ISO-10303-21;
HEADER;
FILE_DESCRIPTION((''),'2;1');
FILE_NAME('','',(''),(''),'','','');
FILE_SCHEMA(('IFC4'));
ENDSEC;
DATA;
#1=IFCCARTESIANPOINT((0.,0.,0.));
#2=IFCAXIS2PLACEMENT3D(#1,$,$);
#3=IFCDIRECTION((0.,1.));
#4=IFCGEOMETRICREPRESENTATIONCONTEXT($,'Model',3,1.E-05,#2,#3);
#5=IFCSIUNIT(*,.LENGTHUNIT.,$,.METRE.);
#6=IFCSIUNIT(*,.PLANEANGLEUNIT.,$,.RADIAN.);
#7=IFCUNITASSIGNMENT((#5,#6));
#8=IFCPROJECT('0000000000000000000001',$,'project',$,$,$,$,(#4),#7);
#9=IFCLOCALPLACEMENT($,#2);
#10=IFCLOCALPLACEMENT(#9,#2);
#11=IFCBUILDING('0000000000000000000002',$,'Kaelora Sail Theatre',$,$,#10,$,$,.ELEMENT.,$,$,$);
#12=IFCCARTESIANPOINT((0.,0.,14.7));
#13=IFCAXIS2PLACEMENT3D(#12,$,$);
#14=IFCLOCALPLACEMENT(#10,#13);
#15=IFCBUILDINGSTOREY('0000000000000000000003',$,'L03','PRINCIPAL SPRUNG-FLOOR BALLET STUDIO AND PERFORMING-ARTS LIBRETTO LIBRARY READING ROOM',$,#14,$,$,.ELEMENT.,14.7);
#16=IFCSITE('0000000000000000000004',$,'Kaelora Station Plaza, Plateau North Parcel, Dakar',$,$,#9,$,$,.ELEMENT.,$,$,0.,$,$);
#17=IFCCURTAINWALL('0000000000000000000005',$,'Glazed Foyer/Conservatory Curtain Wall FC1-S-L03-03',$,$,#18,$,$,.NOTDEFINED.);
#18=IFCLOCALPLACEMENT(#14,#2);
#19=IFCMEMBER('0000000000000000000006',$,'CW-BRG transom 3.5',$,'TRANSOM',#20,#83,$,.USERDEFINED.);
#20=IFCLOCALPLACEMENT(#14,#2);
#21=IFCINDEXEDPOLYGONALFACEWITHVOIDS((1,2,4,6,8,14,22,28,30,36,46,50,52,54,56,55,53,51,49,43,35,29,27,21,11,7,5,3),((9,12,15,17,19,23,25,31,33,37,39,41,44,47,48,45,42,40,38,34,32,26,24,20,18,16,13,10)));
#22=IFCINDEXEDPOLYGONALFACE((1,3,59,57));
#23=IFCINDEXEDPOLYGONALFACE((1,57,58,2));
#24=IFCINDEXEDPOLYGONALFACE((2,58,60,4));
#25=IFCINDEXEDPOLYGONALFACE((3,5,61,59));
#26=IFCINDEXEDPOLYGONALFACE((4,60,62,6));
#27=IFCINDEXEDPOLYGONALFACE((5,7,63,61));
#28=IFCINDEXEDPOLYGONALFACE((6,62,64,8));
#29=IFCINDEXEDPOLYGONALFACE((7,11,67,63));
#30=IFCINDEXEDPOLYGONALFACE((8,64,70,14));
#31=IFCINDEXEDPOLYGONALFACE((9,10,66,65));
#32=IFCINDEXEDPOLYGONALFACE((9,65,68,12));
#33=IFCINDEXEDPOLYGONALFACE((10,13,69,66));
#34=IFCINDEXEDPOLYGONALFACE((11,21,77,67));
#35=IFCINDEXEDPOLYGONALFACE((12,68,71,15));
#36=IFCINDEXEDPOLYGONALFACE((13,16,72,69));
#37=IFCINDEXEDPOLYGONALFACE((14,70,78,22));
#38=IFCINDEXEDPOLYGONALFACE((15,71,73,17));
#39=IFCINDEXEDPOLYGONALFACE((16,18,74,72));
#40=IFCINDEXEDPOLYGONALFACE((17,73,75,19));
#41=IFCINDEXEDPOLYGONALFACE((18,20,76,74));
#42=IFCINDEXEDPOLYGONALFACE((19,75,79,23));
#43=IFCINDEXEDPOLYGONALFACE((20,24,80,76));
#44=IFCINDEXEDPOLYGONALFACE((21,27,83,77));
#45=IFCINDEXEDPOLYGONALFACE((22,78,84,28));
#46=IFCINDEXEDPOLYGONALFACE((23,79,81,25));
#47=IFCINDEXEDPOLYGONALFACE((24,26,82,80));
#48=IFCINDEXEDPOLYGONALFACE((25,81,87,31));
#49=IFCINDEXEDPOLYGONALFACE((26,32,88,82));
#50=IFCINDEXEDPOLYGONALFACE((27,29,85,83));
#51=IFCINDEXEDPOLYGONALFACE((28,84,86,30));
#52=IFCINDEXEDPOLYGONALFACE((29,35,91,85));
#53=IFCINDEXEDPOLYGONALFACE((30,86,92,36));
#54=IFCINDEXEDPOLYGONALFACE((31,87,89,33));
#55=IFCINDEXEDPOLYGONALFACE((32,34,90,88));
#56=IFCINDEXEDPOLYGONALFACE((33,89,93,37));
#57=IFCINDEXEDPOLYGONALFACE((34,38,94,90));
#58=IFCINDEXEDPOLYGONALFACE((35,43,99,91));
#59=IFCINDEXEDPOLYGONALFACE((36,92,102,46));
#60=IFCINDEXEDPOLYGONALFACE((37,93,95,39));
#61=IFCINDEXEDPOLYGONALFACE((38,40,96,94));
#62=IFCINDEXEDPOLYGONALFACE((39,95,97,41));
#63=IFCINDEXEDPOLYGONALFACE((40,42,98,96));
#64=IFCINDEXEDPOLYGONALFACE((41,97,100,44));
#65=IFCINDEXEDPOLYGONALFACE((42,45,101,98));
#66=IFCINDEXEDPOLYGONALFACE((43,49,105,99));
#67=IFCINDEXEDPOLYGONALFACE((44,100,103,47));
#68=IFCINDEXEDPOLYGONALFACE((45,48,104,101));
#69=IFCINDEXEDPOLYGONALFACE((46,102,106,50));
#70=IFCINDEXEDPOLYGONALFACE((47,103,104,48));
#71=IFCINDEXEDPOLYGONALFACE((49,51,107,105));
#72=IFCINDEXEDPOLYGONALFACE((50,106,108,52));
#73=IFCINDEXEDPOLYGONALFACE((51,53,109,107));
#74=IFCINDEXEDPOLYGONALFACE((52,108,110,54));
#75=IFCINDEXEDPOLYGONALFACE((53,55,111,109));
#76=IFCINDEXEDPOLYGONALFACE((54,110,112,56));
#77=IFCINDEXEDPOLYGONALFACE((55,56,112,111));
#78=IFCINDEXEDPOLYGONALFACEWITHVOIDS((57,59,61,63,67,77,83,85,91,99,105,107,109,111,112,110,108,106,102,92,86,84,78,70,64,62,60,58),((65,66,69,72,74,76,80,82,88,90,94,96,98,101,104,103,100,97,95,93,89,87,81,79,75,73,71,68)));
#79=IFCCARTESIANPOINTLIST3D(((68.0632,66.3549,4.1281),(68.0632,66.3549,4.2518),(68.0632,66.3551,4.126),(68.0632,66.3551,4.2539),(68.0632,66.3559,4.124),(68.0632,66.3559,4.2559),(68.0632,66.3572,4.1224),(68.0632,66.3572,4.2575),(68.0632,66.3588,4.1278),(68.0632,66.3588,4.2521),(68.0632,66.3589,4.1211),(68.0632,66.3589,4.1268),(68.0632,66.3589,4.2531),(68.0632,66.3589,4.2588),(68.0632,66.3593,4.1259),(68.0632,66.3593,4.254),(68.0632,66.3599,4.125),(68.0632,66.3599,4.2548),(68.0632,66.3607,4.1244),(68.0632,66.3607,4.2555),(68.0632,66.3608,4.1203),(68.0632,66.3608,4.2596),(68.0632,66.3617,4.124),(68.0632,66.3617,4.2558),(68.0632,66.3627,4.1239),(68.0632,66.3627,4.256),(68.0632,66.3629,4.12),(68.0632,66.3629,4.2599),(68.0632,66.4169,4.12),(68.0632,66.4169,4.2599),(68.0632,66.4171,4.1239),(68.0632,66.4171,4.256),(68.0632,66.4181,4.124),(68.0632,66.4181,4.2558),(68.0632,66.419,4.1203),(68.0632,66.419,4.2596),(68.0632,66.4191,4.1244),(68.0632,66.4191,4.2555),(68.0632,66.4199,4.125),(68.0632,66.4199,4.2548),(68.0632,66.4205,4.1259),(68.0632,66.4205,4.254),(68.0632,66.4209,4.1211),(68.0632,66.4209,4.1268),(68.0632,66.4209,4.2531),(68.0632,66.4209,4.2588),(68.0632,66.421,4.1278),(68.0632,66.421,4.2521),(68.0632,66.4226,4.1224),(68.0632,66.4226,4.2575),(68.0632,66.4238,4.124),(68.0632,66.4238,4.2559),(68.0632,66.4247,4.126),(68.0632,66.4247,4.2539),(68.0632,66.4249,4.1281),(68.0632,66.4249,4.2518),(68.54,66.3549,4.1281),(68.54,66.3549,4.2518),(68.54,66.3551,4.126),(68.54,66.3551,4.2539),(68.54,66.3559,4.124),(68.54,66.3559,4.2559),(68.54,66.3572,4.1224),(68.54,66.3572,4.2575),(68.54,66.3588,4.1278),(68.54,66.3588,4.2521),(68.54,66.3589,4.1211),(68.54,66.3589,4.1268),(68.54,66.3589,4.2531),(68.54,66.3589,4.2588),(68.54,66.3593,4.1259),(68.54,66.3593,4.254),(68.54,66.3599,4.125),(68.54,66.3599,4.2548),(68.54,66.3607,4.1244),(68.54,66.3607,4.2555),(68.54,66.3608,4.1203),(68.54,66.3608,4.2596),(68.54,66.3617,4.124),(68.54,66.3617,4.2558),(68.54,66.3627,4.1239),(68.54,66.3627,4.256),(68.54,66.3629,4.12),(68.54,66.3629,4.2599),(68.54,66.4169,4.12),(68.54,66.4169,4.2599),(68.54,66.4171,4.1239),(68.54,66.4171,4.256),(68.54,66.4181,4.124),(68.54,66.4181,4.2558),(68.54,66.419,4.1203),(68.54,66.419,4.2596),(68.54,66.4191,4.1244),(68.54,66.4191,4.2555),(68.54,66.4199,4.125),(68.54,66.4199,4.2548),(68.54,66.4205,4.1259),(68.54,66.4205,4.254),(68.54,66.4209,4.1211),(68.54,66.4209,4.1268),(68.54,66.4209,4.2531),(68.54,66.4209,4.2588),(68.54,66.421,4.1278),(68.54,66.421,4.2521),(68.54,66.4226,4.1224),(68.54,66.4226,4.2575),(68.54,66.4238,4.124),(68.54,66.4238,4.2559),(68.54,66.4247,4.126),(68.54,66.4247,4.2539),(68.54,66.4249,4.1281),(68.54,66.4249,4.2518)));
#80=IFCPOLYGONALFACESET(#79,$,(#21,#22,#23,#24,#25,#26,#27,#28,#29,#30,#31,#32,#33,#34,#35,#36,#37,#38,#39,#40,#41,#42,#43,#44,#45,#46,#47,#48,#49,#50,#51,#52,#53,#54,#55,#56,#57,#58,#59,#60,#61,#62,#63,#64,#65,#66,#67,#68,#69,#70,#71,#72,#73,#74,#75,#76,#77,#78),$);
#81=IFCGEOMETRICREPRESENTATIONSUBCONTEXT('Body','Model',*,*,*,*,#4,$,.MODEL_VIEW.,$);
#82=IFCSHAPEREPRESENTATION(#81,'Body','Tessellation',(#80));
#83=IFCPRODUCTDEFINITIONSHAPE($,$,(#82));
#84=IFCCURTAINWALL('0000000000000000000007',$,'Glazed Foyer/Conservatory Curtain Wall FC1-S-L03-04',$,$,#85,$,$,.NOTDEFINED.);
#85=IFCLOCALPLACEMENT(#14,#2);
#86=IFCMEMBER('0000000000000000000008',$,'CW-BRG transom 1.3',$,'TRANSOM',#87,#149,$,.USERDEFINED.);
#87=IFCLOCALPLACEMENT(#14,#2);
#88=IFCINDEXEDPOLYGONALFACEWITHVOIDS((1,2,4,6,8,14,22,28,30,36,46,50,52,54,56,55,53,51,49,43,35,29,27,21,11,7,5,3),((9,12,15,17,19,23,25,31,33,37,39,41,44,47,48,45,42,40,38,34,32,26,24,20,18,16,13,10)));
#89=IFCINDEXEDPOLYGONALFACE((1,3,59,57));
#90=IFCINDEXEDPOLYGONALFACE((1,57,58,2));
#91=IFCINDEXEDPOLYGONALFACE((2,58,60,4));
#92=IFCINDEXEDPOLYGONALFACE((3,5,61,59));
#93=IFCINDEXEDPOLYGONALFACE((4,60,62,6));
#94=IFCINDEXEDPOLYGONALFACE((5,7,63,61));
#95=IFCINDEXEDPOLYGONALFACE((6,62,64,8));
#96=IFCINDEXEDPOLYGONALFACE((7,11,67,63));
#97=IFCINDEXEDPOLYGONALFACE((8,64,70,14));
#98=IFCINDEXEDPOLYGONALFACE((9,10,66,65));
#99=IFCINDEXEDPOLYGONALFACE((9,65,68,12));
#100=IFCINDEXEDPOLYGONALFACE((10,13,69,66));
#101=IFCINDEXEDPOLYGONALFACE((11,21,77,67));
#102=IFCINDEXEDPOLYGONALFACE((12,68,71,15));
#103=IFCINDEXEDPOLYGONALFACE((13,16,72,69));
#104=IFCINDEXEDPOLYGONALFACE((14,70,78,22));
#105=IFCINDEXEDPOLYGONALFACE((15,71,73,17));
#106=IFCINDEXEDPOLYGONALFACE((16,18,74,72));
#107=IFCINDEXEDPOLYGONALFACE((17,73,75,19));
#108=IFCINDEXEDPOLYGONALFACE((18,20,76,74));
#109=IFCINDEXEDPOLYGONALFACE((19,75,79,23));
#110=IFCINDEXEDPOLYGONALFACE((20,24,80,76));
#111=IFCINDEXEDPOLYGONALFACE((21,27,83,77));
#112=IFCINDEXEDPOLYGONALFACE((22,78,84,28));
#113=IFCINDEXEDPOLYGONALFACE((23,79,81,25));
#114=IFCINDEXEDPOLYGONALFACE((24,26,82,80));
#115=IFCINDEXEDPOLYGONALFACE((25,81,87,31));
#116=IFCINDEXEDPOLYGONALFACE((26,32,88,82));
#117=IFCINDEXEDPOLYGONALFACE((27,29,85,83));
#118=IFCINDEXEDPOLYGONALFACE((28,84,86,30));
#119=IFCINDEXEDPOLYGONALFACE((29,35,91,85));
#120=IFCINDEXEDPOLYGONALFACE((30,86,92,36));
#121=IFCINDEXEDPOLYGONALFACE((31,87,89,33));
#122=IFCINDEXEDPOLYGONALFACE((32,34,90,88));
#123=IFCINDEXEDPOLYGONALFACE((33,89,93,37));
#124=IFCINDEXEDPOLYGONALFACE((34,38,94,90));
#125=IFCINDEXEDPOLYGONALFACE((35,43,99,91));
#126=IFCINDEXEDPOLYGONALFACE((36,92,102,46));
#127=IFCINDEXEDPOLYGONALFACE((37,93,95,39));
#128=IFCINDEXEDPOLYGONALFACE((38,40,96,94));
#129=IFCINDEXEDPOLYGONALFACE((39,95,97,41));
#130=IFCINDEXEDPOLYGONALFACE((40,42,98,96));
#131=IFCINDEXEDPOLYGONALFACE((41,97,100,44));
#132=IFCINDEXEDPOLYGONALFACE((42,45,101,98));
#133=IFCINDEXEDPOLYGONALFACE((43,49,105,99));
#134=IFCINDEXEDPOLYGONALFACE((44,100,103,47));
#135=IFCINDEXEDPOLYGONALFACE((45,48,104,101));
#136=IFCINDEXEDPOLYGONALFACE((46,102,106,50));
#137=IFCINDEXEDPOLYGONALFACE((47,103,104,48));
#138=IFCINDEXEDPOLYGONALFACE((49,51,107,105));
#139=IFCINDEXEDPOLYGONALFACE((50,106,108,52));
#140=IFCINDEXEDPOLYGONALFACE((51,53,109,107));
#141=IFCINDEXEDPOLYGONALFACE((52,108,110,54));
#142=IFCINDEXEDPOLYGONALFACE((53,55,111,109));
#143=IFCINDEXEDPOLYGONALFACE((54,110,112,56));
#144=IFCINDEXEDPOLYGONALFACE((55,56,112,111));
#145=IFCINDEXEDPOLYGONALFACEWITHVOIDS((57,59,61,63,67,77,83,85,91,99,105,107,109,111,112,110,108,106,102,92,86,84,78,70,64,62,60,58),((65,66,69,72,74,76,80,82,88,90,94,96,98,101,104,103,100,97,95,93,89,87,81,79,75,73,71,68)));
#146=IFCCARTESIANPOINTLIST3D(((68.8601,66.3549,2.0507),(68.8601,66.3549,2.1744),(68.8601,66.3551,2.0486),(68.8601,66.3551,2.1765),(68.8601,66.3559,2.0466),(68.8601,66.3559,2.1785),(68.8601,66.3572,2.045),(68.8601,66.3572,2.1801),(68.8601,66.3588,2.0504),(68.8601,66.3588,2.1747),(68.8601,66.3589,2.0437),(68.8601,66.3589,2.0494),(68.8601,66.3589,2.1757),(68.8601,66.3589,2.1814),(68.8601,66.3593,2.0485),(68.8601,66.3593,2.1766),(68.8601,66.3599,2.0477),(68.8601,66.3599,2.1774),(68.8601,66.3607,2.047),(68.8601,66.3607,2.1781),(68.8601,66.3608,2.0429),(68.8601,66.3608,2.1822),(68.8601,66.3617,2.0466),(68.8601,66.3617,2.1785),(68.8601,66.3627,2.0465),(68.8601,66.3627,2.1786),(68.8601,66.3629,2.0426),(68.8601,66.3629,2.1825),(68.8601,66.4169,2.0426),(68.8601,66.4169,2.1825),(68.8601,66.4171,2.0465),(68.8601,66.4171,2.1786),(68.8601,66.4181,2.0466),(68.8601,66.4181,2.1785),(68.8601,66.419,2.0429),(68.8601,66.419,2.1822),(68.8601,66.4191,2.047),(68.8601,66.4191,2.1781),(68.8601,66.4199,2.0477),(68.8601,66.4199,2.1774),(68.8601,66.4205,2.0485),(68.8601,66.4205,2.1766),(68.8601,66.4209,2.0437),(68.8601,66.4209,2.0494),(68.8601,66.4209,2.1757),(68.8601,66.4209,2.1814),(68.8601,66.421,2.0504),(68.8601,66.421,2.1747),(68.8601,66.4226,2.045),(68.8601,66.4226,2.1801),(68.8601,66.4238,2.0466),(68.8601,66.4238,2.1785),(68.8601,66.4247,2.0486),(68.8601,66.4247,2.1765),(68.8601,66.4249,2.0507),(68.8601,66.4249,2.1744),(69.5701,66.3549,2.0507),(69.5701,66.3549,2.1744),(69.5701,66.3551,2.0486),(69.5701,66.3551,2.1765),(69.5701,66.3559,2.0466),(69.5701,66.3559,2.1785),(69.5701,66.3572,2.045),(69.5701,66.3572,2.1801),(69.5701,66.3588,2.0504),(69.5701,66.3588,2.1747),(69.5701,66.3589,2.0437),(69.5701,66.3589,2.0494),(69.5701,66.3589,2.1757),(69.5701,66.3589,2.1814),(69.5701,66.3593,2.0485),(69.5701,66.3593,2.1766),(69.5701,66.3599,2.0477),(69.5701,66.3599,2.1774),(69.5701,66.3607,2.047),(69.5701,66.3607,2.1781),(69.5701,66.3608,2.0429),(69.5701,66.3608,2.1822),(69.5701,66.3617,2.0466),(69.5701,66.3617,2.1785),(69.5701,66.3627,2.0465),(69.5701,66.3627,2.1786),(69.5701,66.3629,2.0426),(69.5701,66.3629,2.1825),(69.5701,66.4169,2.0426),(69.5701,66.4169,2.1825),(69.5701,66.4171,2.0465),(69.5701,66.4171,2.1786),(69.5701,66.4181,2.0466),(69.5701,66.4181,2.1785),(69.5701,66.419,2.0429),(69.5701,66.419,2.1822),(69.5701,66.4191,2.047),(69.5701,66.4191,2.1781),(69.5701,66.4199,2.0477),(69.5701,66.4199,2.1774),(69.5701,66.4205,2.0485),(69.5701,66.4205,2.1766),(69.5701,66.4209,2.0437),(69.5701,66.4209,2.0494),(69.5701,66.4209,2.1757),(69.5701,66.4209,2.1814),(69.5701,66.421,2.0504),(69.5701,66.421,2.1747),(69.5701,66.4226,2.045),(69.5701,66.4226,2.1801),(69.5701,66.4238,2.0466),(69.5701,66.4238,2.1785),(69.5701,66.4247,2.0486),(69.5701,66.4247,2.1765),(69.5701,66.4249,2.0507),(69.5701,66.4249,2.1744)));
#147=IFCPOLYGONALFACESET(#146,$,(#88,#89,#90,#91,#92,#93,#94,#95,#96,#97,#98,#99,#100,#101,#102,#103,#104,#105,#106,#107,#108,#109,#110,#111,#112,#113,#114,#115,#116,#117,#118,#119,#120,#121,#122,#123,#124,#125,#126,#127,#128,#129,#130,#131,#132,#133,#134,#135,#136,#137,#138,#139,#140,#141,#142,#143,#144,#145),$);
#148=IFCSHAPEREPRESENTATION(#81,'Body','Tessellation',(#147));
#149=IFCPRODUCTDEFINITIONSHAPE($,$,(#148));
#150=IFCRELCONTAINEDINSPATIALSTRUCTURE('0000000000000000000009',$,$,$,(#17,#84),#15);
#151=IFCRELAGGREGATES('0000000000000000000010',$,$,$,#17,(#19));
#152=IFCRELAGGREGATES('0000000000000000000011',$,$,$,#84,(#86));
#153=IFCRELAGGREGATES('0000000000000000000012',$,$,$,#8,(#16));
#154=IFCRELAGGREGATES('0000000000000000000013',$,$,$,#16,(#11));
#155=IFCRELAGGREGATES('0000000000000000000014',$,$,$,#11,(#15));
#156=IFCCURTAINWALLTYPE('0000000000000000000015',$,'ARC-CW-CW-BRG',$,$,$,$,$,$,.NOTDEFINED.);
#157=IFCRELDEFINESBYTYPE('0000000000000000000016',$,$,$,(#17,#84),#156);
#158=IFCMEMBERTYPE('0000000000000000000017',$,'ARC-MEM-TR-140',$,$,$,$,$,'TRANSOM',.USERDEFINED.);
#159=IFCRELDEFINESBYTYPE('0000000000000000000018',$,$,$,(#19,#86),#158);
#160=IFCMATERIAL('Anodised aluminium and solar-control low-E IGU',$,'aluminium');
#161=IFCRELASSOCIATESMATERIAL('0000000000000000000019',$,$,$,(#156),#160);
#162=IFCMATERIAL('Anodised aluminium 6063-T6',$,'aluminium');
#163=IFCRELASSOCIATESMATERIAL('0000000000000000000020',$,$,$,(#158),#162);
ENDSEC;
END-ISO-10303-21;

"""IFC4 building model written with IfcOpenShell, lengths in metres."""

from ifc_helpers import new_model, si_unit, direction, frame, origin, origin_2d, place, context, subcontext, project, spatial, hollow_rectangle, extrude, material, material_profile, profile_set, type_object, element, aggregate, save


model = new_model("IFC4")

# Units and contexts
model_context = context("Model", 3, precision=1e-05, world=origin(), true_north=direction((0.0, 1.0)))
body_context = subcontext(model_context, "Body", "Model", "MODEL_VIEW")
ifc_project = project(units=[si_unit("LENGTHUNIT", "METRE"), si_unit("PLANEANGLEUNIT", "RADIAN")], contexts=[model_context])

# Site, building, storey
site_placement = place(None, origin())
site = spatial("IfcSite", under=ifc_project, at=site_placement, Name="Kaelora Station Plaza, Plateau North Parcel, Dakar", CompositionType="ELEMENT", RefElevation=0.0)
building_placement = place(site_placement, origin())
building = spatial("IfcBuilding", under=site, at=building_placement, Name="Kaelora Sail Theatre", CompositionType="ELEMENT")
storey_placement = place(building_placement, frame((0.0, 0.0, 14.7)))
storey = spatial("IfcBuildingStorey", under=building, at=storey_placement, Name="L03", Description="PRINCIPAL SPRUNG-FLOOR BALLET STUDIO AND PERFORMING-ARTS LIBRETTO LIBRARY READING ROOM", CompositionType="ELEMENT", Elevation=14.7)

# Curtain walls, members
ifc_material_1 = material(Name="Anodised aluminium and solar-control low-E IGU", Category="aluminium")
curtain_wall_type = type_object("IfcCurtainWallType", Name="ARC-CW-CW-BRG", PredefinedType="NOTDEFINED", material=ifc_material_1)
curtain_wall_1_placement = place(storey_placement, origin())
curtain_wall_1 = element("IfcCurtainWall", 1, at=curtain_wall_1_placement, inside=storey, type_object=curtain_wall_type, Name="Glazed Foyer/Conservatory Curtain Wall FC1-S-L03-03", PredefinedType="NOTDEFINED")
ifc_material_2 = material(Name="Anodised aluminium 6063-T6", Category="aluminium")
ifc_material_profile = material_profile(ifc_material_2, hollow_rectangle(XDim=0.0701, YDim=0.1399, WallThickness=0.0039, InnerFilletRadius=0.0039, OuterFilletRadius=0.0081, at=origin_2d()), Name="ALU-TRAN 70x140x4")
ifc_profile_set = profile_set([ifc_material_profile], Name="Anodised aluminium 6063-T6")
member_type = type_object("IfcMemberType", Name="ARC-MEM-TR-140", ElementType="TRANSOM", PredefinedType="USERDEFINED", material=ifc_profile_set)
member_1_placement = place(storey_placement, frame((68.0632, 66.3899, 4.1899), z_axis=(1.0, 0.0, 0.0), x_axis=(0.0, 1.0, 0.0)))
member_1 = element("IfcMember", 2, at=member_1_placement, type_object=member_type, Name="CW-BRG transom 3.5", ObjectType="TRANSOM", PredefinedType="USERDEFINED", context=body_context, shape_type="SweptSolid", body=[
    extrude(hollow_rectangle(XDim=0.0701, YDim=0.1399, WallThickness=0.0039, InnerFilletRadius=0.0039, OuterFilletRadius=0.0081, at=origin_2d()), origin(), (0.0, 0.0, 1.0), 0.4768),
])
curtain_wall_2_placement = place(storey_placement, origin())
curtain_wall_2 = element("IfcCurtainWall", 3, at=curtain_wall_2_placement, inside=storey, type_object=curtain_wall_type, Name="Glazed Foyer/Conservatory Curtain Wall FC1-S-L03-04", PredefinedType="NOTDEFINED")
member_2_placement = place(storey_placement, frame((68.8601, 66.3899, 2.1125), z_axis=(1.0, 0.0, 0.0), x_axis=(0.0, 1.0, 0.0)))
member_2 = element("IfcMember", 4, at=member_2_placement, type_object=member_type, Name="CW-BRG transom 1.3", ObjectType="TRANSOM", PredefinedType="USERDEFINED", context=body_context, shape_type="SweptSolid", body=[
    extrude(hollow_rectangle(XDim=0.0701, YDim=0.1399, WallThickness=0.0039, InnerFilletRadius=0.0039, OuterFilletRadius=0.0081, at=origin_2d()), origin(), (0.0, 0.0, 1.0), 0.71),
])

aggregate(curtain_wall_1, [member_1])
aggregate(curtain_wall_2, [member_2])

save(model, "model.ifc")
